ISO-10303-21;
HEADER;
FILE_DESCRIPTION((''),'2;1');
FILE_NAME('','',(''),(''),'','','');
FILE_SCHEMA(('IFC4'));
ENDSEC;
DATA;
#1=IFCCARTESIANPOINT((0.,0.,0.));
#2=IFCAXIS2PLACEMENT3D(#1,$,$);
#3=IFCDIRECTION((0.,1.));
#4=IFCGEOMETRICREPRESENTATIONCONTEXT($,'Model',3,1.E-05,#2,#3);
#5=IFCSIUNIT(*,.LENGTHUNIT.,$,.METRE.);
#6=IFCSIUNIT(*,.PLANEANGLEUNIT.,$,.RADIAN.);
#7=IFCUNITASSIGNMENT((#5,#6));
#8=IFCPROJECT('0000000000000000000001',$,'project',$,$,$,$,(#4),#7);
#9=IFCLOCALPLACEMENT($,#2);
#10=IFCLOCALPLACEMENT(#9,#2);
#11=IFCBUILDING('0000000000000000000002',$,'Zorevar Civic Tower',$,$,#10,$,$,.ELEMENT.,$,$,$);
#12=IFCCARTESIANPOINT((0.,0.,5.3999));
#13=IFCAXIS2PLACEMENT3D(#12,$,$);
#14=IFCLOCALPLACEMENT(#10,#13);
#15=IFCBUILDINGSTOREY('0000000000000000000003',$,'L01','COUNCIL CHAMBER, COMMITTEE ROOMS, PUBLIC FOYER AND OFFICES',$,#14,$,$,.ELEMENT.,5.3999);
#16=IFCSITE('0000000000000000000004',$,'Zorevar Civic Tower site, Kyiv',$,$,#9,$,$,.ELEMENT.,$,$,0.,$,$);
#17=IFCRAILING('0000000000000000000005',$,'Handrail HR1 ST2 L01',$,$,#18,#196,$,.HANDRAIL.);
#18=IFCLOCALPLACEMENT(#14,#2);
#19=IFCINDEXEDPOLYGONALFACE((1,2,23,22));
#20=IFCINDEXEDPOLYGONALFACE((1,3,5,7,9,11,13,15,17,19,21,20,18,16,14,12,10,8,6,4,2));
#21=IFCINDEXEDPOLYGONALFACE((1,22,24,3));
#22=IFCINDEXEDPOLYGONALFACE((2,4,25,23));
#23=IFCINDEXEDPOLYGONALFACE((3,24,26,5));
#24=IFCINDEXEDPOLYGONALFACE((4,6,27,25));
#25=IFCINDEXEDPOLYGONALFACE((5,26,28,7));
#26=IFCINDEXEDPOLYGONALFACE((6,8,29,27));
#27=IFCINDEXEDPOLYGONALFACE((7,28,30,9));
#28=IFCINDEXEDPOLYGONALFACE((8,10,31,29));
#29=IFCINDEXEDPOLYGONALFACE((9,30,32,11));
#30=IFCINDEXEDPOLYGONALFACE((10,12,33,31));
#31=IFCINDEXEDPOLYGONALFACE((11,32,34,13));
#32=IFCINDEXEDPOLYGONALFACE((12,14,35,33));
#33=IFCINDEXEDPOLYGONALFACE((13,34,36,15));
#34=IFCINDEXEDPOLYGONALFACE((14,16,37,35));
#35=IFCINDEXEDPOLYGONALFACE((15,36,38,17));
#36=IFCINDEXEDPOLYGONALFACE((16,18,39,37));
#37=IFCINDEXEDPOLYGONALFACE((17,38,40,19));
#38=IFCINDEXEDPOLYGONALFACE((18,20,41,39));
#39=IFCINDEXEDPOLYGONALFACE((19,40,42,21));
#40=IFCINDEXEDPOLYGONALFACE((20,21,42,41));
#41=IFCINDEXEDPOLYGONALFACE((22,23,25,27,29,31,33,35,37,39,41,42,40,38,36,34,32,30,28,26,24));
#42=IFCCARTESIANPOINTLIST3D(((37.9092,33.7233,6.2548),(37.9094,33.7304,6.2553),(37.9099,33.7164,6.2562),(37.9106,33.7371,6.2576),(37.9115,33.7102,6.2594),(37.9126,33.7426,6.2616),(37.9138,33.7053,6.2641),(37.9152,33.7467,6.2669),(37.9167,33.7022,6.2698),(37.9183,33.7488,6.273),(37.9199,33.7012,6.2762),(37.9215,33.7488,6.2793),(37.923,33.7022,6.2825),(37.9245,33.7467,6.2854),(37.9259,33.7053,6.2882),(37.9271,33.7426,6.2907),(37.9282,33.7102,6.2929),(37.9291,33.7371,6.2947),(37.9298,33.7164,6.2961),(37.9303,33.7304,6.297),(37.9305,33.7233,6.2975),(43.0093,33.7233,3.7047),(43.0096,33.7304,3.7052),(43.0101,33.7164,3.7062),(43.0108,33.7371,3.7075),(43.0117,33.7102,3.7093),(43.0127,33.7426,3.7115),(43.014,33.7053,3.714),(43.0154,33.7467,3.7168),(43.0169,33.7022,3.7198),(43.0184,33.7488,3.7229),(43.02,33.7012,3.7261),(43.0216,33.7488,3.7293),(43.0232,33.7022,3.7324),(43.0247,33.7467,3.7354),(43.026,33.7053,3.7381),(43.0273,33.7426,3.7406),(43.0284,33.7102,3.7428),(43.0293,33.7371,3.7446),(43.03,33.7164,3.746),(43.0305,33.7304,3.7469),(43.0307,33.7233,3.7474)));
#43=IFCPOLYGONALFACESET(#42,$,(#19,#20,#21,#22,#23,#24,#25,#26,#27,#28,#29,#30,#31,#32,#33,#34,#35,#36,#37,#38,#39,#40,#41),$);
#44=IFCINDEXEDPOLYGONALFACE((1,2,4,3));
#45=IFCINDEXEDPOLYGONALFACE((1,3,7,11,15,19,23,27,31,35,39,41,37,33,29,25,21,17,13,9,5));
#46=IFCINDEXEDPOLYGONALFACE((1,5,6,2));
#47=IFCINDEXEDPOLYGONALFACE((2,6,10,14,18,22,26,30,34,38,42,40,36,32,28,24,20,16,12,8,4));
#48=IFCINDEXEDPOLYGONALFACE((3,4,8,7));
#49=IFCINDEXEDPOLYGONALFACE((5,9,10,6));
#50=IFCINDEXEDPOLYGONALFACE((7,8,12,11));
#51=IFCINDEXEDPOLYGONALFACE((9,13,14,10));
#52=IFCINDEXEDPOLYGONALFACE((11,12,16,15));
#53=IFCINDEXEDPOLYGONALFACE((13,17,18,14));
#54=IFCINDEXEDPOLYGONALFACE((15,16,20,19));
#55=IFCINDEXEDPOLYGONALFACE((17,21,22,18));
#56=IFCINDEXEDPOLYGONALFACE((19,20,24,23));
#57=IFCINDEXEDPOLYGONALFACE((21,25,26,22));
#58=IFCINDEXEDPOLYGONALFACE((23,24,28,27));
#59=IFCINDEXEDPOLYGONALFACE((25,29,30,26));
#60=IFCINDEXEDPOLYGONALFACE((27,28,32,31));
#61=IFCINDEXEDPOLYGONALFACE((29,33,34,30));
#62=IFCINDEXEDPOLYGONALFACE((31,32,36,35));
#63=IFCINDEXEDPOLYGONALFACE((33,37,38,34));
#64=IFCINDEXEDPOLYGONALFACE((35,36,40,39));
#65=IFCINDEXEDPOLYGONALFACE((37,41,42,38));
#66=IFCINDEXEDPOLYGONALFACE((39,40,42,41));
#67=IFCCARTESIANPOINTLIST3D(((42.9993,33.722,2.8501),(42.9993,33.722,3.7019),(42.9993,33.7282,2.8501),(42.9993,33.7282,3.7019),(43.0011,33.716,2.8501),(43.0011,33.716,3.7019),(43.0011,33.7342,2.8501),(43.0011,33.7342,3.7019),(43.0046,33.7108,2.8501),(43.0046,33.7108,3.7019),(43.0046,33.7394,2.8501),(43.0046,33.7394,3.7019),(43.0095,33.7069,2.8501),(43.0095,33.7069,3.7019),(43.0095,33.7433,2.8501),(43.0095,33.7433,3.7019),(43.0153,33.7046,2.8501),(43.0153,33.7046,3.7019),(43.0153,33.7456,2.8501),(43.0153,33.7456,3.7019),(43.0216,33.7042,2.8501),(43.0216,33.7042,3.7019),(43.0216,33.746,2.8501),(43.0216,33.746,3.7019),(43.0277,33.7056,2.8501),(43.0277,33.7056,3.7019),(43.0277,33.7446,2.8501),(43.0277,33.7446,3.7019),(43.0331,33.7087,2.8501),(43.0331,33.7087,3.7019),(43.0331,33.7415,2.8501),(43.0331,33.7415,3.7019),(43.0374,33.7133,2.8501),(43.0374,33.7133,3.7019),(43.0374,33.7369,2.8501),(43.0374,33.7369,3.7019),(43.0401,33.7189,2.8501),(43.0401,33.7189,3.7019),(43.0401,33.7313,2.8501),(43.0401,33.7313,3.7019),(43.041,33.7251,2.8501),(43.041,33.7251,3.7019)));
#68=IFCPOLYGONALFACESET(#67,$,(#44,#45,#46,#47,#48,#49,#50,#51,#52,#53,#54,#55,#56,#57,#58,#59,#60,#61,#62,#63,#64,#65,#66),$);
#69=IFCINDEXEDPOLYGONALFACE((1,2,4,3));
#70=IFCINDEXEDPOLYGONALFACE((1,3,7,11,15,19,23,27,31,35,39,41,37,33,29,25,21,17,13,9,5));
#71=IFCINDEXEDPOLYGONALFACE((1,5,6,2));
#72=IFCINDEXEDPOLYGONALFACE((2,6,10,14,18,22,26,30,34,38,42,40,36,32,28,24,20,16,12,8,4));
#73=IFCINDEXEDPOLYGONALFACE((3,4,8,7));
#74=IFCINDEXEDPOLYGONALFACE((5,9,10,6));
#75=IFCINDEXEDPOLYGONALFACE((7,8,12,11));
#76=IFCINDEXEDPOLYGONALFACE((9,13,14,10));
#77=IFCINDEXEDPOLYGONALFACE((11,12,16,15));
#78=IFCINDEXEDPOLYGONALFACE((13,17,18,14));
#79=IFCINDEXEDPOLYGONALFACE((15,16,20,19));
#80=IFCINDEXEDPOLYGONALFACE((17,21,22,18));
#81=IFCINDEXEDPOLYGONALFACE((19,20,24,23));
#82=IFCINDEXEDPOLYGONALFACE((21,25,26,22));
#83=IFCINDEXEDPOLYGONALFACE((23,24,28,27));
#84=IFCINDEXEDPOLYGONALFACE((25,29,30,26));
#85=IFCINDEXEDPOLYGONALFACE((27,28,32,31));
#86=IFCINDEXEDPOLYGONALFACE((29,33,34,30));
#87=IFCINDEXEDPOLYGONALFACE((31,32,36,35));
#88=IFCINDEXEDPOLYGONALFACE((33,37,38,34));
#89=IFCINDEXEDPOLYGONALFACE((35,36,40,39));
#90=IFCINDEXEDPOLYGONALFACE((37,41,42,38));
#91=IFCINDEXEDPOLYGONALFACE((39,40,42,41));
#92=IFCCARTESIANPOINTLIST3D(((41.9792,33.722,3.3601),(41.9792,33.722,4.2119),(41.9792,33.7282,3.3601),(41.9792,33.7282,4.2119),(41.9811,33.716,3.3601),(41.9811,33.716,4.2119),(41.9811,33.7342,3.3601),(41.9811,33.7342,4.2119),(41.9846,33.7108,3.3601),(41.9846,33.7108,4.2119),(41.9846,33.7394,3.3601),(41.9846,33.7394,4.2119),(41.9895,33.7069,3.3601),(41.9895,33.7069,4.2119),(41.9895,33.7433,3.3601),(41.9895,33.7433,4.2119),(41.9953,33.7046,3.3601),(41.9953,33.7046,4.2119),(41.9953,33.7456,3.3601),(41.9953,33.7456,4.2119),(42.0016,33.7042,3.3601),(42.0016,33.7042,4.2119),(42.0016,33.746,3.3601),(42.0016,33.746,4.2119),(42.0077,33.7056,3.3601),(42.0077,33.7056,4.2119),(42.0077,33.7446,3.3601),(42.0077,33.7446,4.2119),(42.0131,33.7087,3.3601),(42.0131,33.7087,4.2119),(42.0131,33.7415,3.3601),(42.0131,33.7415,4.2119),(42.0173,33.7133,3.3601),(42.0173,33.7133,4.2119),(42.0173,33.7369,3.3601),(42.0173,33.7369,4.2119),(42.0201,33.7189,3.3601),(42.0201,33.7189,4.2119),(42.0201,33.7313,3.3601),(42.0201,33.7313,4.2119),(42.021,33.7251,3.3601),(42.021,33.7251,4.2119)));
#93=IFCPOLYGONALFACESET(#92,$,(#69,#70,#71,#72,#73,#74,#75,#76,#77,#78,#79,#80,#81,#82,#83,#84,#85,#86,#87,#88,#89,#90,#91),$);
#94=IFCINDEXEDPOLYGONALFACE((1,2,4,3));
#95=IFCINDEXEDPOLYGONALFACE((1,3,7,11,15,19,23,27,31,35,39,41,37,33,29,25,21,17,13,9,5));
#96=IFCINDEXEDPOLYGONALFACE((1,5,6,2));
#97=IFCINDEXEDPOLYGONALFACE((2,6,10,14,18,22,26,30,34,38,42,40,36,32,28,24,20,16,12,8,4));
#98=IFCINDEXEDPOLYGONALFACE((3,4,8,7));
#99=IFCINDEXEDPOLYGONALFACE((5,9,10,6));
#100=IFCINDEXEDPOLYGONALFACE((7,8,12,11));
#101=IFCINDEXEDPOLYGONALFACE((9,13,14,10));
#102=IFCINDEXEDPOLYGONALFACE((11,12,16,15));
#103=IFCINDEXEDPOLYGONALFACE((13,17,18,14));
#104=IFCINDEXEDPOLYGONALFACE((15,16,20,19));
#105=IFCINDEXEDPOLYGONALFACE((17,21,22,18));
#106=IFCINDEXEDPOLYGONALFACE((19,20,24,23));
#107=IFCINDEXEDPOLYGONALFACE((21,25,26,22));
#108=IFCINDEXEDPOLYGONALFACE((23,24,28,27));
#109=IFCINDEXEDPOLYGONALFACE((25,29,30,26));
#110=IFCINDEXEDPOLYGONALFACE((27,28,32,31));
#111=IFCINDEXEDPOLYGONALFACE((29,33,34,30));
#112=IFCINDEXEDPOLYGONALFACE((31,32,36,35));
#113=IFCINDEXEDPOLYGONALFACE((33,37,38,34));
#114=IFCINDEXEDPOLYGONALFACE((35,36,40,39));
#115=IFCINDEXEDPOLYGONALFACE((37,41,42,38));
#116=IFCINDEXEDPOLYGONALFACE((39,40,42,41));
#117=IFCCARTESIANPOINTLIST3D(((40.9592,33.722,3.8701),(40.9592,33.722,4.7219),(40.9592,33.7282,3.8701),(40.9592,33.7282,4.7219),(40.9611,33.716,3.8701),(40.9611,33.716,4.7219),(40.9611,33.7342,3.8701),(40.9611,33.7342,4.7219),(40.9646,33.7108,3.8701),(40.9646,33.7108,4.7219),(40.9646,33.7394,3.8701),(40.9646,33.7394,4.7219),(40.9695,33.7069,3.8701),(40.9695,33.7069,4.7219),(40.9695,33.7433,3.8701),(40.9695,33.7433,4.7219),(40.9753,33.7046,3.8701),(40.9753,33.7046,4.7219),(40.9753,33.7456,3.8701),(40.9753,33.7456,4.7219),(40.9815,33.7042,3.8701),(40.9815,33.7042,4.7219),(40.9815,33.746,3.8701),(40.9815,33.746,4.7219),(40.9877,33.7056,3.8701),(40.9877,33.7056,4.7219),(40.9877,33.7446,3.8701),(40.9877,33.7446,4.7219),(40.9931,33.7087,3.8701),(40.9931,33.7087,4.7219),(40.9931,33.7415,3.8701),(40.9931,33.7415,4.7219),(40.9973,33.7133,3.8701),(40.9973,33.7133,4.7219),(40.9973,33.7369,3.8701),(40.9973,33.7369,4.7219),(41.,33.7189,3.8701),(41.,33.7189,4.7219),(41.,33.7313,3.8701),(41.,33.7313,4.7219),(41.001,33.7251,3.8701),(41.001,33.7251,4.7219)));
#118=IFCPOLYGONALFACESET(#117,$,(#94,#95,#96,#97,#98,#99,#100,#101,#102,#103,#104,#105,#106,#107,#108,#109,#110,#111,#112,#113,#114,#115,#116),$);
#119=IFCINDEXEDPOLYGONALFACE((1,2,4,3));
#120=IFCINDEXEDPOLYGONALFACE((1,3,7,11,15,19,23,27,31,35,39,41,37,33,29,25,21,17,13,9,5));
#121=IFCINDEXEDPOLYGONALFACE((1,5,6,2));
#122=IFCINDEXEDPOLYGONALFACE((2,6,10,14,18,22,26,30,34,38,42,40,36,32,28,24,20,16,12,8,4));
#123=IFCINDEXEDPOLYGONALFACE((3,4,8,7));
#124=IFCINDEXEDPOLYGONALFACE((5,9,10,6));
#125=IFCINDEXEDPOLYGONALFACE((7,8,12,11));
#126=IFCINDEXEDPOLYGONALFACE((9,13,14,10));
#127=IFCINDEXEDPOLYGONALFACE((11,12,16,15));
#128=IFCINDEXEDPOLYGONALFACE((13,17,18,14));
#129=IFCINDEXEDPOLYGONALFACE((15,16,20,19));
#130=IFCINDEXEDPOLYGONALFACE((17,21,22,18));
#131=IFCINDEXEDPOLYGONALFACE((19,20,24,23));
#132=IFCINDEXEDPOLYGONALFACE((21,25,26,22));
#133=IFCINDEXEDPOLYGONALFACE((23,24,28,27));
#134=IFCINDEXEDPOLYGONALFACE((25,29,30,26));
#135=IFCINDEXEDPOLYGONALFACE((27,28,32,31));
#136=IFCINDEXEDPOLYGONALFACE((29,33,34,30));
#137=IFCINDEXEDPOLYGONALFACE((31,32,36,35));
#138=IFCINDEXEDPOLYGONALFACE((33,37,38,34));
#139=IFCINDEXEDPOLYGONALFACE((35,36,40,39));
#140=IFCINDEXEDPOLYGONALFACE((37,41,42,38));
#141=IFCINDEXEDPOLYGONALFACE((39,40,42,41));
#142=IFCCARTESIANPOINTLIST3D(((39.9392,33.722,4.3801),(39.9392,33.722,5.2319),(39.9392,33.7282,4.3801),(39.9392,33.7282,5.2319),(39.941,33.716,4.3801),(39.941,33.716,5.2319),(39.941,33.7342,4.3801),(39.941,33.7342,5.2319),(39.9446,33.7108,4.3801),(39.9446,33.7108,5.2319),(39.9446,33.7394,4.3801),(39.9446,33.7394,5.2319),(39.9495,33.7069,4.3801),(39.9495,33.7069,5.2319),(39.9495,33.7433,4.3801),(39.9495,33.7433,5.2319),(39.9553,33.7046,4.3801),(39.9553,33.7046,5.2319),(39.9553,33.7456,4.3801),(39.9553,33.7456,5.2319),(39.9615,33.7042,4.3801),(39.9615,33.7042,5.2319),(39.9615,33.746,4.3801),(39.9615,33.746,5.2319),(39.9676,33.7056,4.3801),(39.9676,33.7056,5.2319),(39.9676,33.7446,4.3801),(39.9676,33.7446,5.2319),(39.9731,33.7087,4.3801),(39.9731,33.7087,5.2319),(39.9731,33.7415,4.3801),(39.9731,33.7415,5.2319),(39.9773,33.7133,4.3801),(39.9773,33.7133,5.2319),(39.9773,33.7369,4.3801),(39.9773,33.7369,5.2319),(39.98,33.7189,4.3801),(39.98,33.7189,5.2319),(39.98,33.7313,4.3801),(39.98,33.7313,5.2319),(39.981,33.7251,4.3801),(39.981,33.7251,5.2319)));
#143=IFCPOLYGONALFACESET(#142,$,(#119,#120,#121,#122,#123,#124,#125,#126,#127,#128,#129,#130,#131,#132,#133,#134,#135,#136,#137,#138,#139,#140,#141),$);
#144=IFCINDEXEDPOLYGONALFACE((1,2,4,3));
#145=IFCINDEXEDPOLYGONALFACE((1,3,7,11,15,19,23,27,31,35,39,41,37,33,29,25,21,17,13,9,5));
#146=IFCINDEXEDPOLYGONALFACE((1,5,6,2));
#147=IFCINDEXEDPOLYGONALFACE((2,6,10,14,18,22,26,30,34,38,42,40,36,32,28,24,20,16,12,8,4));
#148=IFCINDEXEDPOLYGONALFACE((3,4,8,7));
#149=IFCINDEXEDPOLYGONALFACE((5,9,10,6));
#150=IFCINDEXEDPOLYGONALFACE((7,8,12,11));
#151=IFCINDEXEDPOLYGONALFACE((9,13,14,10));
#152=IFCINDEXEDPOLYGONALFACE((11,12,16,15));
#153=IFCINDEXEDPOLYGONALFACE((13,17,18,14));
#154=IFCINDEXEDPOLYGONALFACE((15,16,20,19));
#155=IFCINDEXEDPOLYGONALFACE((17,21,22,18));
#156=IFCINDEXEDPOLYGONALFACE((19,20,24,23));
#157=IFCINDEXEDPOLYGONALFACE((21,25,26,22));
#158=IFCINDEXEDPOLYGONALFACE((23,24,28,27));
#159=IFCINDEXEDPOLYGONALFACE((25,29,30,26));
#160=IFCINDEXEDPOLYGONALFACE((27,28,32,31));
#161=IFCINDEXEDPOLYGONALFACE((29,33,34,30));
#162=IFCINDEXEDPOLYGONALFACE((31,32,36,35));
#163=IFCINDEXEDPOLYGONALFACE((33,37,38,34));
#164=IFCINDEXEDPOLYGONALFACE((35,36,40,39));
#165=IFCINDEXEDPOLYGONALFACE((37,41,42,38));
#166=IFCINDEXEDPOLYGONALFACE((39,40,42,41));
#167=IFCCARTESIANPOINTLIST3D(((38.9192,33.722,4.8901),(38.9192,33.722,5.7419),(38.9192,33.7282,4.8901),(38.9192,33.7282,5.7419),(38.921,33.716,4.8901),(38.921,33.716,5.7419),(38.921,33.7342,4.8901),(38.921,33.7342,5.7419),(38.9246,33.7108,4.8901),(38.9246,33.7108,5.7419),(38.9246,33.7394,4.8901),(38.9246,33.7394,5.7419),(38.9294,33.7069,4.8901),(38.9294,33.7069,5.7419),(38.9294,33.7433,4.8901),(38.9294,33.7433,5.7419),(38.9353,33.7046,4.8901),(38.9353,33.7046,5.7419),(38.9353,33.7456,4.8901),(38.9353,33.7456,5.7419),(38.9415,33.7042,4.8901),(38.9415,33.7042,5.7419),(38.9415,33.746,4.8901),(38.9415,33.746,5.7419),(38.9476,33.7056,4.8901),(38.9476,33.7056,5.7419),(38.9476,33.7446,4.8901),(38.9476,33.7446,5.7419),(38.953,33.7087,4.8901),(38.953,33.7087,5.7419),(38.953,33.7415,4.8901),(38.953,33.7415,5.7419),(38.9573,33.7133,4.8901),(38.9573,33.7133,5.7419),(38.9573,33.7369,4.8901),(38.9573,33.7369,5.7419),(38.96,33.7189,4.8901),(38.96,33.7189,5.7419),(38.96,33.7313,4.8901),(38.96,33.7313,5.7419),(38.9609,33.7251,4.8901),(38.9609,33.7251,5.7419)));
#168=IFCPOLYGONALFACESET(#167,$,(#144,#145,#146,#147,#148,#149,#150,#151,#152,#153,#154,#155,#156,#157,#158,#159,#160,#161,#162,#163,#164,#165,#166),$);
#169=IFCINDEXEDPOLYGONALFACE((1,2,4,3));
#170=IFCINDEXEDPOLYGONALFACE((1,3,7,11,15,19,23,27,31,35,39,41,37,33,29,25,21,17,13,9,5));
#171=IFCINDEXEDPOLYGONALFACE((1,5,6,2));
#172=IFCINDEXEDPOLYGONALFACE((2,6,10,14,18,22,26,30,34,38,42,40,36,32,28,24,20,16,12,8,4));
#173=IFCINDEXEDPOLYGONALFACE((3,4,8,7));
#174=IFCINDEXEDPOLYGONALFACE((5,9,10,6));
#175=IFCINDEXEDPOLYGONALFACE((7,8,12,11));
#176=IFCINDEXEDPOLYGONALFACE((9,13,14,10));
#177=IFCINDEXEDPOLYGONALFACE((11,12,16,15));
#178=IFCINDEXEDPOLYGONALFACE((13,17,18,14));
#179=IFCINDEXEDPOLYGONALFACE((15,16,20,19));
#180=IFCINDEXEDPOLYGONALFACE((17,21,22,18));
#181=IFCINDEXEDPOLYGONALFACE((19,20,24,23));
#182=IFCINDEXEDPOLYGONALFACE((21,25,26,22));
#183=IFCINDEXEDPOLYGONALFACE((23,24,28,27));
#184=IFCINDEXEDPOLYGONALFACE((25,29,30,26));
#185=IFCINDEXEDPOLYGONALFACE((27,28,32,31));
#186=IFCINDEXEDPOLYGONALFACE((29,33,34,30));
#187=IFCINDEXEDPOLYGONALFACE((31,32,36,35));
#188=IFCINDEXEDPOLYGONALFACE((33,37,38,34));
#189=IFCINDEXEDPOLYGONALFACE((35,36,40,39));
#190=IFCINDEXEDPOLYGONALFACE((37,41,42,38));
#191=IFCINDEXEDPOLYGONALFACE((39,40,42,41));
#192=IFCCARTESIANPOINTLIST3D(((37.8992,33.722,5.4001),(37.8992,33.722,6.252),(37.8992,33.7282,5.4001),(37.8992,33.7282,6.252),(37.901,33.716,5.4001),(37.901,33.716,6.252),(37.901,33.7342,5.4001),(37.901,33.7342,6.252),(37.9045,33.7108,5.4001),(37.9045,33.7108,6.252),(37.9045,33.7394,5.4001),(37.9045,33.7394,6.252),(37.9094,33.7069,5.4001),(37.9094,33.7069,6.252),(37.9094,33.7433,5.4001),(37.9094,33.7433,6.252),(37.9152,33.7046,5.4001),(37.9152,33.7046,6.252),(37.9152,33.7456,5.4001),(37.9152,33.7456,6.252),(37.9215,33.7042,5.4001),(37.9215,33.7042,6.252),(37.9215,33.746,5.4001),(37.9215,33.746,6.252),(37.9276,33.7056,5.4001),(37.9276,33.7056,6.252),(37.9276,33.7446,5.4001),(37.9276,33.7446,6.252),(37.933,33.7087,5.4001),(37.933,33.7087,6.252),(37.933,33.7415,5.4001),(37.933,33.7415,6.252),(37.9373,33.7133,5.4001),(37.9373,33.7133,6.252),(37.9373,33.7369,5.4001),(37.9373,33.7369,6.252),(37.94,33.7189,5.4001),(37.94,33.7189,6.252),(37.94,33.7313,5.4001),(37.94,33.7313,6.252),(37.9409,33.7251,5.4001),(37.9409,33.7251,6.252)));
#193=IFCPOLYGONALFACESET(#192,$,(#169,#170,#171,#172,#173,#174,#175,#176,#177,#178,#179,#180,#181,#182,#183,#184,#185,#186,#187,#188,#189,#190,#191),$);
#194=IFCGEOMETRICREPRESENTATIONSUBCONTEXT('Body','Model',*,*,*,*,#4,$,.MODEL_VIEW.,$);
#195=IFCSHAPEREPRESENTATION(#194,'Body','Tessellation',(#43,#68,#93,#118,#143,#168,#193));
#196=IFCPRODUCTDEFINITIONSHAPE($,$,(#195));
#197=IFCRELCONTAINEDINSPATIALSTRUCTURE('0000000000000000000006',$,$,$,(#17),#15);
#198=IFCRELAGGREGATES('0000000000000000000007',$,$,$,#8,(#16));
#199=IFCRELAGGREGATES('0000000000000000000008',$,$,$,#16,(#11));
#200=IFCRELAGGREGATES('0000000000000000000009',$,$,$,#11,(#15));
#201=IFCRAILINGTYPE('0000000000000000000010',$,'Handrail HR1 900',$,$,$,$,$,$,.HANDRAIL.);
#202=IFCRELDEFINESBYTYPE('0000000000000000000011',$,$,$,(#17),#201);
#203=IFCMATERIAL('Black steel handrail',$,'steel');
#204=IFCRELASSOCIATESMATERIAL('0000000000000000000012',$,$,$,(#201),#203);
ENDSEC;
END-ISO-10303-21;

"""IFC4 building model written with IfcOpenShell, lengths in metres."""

from ifc_helpers import new_model, si_unit, direction, frame, origin, origin_2d, place, context, subcontext, project, spatial, circle, extrude, material, type_object, element, save


model = new_model("IFC4")

# Units and contexts
model_context = context("Model", 3, precision=1e-05, world=origin(), true_north=direction((0.0, 1.0)))
body_context = subcontext(model_context, "Body", "Model", "MODEL_VIEW")
ifc_project = project(units=[si_unit("LENGTHUNIT", "METRE"), si_unit("PLANEANGLEUNIT", "RADIAN")], contexts=[model_context])

# Site, building, storey
site_placement = place(None, origin())
site = spatial("IfcSite", under=ifc_project, at=site_placement, Name="Zorevar Civic Tower site, Kyiv", CompositionType="ELEMENT", RefElevation=0.0)
building_placement = place(site_placement, origin())
building = spatial("IfcBuilding", under=site, at=building_placement, Name="Zorevar Civic Tower", CompositionType="ELEMENT")
storey_placement = place(building_placement, frame((0.0, 0.0, 5.3999)))
storey = spatial("IfcBuildingStorey", under=building, at=storey_placement, Name="L01", Description="COUNCIL CHAMBER, COMMITTEE ROOMS, PUBLIC FOYER AND OFFICES", CompositionType="ELEMENT", Elevation=5.3999)

# Railing
ifc_material_1 = material(Name="Black steel handrail", Category="steel")
railing_type = type_object("IfcRailingType", Name="Handrail HR1 900", PredefinedType="HANDRAIL", material=ifc_material_1)
railing_placement = place(storey_placement, frame((43.02, 33.7251, 2.8501)))
element("IfcRailing", 1, at=railing_placement, inside=storey, type_object=railing_type, Name="Handrail HR1 ST2 L01", PredefinedType="HANDRAIL", context=body_context, shape_type="SweptSolid", body=[
    extrude(circle(Radius=0.0239, at=origin_2d()), frame((0.0, 0.0, 0.876), z_axis=(-0.894427, 0.0, 0.447214), x_axis=(0.0, -1.0, 0.0)), (0.0, 0.0, 1.0), 5.7021),
    extrude(circle(Radius=0.021, at=origin_2d()), origin(), (0.0, 0.0, 1.0), 0.8518),
    extrude(circle(Radius=0.021, at=origin_2d()), frame((-1.02, 0.0, 0.51)), (0.0, 0.0, 1.0), 0.8518),
    extrude(circle(Radius=0.021, at=origin_2d()), frame((-2.04, 0.0, 1.02)), (0.0, 0.0, 1.0), 0.8518),
    extrude(circle(Radius=0.021, at=origin_2d()), frame((-3.0601, 0.0, 1.53)), (0.0, 0.0, 1.0), 0.8518),
    extrude(circle(Radius=0.021, at=origin_2d()), frame((-4.0801, 0.0, 2.04)), (0.0, 0.0, 1.0), 0.8518),
    extrude(circle(Radius=0.021, at=origin_2d()), frame((-5.1001, 0.0, 2.55)), (0.0, 0.0, 1.0), 0.8518),
])

save(model, "model.ifc")
